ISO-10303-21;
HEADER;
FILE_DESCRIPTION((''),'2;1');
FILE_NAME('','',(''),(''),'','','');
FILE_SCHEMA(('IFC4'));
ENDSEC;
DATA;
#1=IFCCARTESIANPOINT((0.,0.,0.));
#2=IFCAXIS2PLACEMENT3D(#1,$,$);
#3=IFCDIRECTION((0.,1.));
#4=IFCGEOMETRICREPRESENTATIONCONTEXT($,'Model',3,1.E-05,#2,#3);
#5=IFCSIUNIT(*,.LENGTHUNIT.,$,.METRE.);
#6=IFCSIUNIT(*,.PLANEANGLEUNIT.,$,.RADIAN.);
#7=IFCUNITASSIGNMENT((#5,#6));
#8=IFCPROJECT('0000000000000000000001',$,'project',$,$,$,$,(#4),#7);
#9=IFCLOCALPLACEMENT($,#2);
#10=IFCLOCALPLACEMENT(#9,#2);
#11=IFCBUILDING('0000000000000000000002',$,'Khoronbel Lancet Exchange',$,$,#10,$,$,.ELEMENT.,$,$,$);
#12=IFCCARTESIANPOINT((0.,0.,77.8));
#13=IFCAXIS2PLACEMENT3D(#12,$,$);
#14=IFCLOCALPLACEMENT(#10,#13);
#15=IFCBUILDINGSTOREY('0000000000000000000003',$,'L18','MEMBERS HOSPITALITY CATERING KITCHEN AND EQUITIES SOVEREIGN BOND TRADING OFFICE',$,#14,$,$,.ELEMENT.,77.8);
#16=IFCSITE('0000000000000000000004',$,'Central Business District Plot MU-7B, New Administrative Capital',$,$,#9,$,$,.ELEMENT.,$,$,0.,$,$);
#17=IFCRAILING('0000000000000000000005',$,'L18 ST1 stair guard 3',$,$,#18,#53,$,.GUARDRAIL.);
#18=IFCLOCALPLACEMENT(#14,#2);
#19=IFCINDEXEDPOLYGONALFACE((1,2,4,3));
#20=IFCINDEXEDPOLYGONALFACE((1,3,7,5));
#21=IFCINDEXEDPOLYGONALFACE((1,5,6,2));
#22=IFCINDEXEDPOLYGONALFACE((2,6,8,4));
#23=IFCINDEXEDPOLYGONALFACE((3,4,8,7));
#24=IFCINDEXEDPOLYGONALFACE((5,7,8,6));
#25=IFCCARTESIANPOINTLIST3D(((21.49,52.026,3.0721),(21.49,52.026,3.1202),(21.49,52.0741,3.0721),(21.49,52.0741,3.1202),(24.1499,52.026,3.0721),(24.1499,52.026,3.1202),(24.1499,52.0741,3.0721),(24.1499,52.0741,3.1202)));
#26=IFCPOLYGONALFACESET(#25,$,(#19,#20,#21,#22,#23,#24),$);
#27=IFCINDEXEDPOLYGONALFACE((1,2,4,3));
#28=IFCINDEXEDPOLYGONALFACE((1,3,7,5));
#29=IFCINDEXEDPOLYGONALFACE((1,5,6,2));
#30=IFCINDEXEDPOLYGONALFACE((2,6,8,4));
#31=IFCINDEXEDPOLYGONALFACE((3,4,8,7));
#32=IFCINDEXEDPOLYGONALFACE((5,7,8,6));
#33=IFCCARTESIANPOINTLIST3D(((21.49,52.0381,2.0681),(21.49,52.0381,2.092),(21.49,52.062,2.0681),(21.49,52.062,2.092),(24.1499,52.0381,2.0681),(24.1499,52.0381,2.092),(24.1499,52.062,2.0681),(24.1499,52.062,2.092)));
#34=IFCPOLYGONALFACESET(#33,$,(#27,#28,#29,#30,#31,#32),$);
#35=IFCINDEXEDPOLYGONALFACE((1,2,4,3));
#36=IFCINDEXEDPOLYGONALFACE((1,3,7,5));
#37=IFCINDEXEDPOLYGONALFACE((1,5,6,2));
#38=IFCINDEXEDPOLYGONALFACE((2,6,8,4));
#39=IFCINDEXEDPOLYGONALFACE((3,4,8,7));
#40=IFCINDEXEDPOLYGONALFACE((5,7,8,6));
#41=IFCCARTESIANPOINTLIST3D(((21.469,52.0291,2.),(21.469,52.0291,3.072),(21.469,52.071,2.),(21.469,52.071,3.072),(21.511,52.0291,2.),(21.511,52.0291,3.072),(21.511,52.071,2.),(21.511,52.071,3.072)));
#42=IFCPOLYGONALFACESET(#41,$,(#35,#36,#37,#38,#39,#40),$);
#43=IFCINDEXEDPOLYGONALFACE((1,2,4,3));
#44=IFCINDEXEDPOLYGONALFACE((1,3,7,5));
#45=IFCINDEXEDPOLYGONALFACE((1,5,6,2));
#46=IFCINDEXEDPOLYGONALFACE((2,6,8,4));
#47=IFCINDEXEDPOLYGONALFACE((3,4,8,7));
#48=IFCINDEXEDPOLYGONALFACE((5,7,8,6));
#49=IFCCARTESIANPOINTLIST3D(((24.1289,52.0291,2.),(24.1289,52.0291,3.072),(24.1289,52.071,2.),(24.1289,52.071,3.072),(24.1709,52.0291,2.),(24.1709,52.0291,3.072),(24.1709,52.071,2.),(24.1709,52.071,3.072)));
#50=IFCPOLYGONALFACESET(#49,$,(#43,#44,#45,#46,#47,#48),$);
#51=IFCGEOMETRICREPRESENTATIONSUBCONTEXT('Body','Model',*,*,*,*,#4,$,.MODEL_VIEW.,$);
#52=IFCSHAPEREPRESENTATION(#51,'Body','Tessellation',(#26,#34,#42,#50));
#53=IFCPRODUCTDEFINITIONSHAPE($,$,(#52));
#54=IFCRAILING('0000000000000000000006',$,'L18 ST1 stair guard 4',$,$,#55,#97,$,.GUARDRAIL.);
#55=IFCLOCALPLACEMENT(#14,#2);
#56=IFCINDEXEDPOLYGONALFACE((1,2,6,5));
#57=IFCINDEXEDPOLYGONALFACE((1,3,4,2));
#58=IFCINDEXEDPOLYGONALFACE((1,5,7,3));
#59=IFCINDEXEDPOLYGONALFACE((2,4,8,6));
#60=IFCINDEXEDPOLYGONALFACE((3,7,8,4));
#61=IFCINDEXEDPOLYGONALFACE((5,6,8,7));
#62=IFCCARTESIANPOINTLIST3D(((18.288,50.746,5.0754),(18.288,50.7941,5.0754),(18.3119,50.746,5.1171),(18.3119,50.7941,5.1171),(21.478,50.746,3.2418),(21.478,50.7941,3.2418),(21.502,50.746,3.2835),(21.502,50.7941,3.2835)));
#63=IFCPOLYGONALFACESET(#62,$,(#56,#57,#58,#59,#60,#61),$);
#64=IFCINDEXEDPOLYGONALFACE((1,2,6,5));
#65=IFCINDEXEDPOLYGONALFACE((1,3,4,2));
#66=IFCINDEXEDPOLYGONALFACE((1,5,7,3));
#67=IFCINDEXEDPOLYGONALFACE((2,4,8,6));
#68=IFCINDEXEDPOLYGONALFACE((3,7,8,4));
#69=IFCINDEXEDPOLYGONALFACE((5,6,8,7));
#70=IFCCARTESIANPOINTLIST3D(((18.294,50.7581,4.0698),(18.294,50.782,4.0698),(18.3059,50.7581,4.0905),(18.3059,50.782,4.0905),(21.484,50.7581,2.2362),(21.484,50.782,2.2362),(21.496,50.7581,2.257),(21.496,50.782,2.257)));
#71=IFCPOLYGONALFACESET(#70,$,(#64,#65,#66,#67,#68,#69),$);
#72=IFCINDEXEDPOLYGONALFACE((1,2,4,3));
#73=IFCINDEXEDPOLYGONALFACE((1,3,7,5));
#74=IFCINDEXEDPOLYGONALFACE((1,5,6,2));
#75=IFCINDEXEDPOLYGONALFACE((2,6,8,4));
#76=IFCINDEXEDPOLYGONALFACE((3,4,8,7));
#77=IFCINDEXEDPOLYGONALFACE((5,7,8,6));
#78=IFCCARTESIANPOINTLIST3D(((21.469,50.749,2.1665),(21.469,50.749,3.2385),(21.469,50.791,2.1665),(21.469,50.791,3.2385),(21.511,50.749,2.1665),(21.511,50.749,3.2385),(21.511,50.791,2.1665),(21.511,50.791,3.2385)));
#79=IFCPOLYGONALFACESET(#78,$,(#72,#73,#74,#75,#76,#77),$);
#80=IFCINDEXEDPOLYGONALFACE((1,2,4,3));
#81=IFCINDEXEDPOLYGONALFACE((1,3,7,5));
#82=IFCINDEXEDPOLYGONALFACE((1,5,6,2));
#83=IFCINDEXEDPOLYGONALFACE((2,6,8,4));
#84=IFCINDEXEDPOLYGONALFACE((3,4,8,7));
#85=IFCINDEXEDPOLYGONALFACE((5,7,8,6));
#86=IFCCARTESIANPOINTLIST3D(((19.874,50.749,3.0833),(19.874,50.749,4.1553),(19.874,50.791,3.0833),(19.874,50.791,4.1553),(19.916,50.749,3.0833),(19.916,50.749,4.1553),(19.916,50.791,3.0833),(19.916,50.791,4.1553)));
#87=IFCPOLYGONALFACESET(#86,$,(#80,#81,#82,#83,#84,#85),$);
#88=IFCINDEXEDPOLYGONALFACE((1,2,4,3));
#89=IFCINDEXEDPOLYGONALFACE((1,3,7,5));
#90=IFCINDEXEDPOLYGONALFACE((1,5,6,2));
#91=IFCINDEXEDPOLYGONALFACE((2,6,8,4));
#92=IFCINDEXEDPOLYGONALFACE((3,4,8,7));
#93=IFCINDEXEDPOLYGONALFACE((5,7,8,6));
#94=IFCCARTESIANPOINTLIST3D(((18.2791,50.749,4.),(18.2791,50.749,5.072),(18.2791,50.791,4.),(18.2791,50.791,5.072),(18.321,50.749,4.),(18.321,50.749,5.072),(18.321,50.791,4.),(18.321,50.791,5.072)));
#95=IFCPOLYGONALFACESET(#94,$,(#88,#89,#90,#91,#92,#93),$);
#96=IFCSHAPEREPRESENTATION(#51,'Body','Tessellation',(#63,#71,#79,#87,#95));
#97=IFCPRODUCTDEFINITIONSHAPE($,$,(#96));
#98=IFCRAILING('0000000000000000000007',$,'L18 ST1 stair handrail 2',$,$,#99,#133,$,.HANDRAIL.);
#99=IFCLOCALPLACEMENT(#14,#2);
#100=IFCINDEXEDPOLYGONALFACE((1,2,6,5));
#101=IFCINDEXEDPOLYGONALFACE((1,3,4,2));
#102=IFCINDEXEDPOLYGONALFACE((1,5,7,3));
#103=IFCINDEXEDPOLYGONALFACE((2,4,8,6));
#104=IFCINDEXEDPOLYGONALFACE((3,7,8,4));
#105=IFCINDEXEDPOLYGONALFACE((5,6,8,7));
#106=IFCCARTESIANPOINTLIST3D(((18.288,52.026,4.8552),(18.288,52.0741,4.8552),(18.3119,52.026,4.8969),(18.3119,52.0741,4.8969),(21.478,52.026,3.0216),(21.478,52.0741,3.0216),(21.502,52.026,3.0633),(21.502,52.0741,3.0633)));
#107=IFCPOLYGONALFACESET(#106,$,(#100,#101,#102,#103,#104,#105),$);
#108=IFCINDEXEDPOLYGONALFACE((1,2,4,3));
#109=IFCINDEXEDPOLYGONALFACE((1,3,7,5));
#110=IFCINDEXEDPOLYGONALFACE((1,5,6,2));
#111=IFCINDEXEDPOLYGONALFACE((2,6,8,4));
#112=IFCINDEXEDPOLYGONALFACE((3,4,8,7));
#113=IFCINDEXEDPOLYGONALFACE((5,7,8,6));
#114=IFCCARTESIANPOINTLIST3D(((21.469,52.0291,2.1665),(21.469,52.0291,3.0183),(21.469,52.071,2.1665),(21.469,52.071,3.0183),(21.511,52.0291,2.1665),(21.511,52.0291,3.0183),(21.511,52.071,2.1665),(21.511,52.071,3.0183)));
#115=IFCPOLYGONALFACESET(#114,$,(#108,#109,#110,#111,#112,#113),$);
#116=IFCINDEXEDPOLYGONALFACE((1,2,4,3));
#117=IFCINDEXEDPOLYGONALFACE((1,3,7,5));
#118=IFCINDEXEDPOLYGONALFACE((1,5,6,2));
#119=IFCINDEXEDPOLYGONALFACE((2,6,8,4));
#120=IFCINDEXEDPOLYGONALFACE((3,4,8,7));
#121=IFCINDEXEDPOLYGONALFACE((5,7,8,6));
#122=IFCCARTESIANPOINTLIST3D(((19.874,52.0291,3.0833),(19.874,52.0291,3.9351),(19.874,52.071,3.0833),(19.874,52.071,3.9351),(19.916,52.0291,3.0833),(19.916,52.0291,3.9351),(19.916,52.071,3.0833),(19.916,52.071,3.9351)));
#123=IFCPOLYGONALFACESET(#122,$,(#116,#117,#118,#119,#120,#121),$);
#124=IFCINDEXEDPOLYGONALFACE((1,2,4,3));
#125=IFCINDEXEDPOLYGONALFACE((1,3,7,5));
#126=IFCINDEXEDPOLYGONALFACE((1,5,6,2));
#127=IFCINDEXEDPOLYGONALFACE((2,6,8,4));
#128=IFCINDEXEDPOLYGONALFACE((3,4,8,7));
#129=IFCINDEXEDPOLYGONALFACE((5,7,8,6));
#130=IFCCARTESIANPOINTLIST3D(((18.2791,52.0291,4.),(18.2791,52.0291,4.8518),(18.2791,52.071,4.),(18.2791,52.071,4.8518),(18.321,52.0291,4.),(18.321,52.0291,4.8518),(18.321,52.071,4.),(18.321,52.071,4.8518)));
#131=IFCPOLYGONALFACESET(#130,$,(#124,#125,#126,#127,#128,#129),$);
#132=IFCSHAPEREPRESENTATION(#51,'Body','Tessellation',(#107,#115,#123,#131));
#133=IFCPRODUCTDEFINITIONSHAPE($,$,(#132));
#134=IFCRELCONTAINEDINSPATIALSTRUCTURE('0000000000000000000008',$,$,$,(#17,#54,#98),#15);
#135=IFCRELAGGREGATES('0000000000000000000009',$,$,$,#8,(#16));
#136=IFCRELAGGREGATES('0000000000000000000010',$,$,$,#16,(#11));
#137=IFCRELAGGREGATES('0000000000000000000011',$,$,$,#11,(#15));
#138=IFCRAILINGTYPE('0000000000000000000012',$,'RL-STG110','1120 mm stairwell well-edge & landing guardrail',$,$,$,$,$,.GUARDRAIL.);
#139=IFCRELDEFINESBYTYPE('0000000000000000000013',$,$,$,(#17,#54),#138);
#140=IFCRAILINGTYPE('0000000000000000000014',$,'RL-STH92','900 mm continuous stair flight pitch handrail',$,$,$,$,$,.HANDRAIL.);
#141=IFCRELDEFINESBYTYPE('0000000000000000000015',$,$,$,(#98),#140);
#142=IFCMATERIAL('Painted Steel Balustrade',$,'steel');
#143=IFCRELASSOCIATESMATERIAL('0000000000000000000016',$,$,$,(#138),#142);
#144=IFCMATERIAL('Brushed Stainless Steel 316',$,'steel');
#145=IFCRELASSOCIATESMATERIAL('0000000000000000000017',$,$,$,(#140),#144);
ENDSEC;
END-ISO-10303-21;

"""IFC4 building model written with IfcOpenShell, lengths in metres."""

from ifc_helpers import new_model, si_unit, direction, frame, origin, origin_2d, place, context, subcontext, project, spatial, rectangle, extrude, material, type_object, element, save


model = new_model("IFC4")

# Units and contexts
model_context = context("Model", 3, precision=1e-05, world=origin(), true_north=direction((0.0, 1.0)))
body_context = subcontext(model_context, "Body", "Model", "MODEL_VIEW")
ifc_project = project(units=[si_unit("LENGTHUNIT", "METRE"), si_unit("PLANEANGLEUNIT", "RADIAN")], contexts=[model_context])

# Site, building, storey
site_placement = place(None, origin())
site = spatial("IfcSite", under=ifc_project, at=site_placement, Name="Central Business District Plot MU-7B, New Administrative Capital", CompositionType="ELEMENT", RefElevation=0.0)
building_placement = place(site_placement, origin())
building = spatial("IfcBuilding", under=site, at=building_placement, Name="Khoronbel Lancet Exchange", CompositionType="ELEMENT")
storey_placement = place(building_placement, frame((0.0, 0.0, 77.8)))
storey = spatial("IfcBuildingStorey", under=building, at=storey_placement, Name="L18", Description="MEMBERS HOSPITALITY CATERING KITCHEN AND EQUITIES SOVEREIGN BOND TRADING OFFICE", CompositionType="ELEMENT", Elevation=77.8)

# Railings
ifc_material_1 = material(Name="Painted Steel Balustrade", Category="steel")
railing_type_1 = type_object("IfcRailingType", Name="RL-STG110", Description="1120 mm stairwell well-edge & landing guardrail", PredefinedType="GUARDRAIL", material=ifc_material_1)
railing_1_placement = place(storey_placement, frame((21.49, 52.05, 2.0)))
element("IfcRailing", 1, at=railing_1_placement, inside=storey, type_object=railing_type_1, Name="L18 ST1 stair guard 3", PredefinedType="GUARDRAIL", context=body_context, shape_type="SweptSolid", body=[
    extrude(rectangle(XDim=0.0481, YDim=0.0481, at=origin_2d()), frame((0.0, 0.0, 1.0962), z_axis=(1.0, 0.0, 0.0), x_axis=(0.0, 1.0, 0.0)), (0.0, 0.0, 1.0), 2.6599),
    extrude(rectangle(XDim=0.0239, YDim=0.0239, at=origin_2d()), frame((0.0, 0.0, 0.0801), z_axis=(1.0, 0.0, 0.0), x_axis=(0.0, 1.0, 0.0)), (0.0, 0.0, 1.0), 2.6599),
    extrude(rectangle(XDim=0.042, YDim=0.042, at=origin_2d()), origin(), (0.0, 0.0, 1.0), 1.072),
    extrude(rectangle(XDim=0.042, YDim=0.042, at=origin_2d()), frame((2.6599, 0.0, 0.0)), (0.0, 0.0, 1.0), 1.072),
])
railing_2_placement = place(storey_placement, frame((21.49, 50.77, 2.1665)))
element("IfcRailing", 2, at=railing_2_placement, inside=storey, type_object=railing_type_1, Name="L18 ST1 stair guard 4", PredefinedType="GUARDRAIL", context=body_context, shape_type="SweptSolid", body=[
    extrude(rectangle(XDim=0.0481, YDim=0.0481, at=origin_2d()), frame((0.0, 0.0, 1.0962), z_axis=(-0.866991, 0.0, 0.498324), x_axis=(0.0, -1.0, 0.0)), (0.0, 0.0, 1.0), 3.6794),
    extrude(rectangle(XDim=0.0239, YDim=0.0239, at=origin_2d()), frame((0.0, 0.0, 0.0801), z_axis=(-0.866991, 0.0, 0.498324), x_axis=(0.0, -1.0, 0.0)), (0.0, 0.0, 1.0), 3.6794),
    extrude(rectangle(XDim=0.042, YDim=0.042, at=origin_2d()), origin(), (0.0, 0.0, 1.0), 1.072),
    extrude(rectangle(XDim=0.042, YDim=0.042, at=origin_2d()), frame((-1.595, 0.0, 0.9167)), (0.0, 0.0, 1.0), 1.072),
    extrude(rectangle(XDim=0.042, YDim=0.042, at=origin_2d()), frame((-3.1899, 0.0, 1.8335)), (0.0, 0.0, 1.0), 1.072),
])
ifc_material_2 = material(Name="Brushed Stainless Steel 316", Category="steel")
railing_type_2 = type_object("IfcRailingType", Name="RL-STH92", Description="900 mm continuous stair flight pitch handrail", PredefinedType="HANDRAIL", material=ifc_material_2)
railing_3_placement = place(storey_placement, frame((21.49, 52.05, 2.1665)))
element("IfcRailing", 3, at=railing_3_placement, inside=storey, type_object=railing_type_2, Name="L18 ST1 stair handrail 2", PredefinedType="HANDRAIL", context=body_context, shape_type="SweptSolid", body=[
    extrude(rectangle(XDim=0.0481, YDim=0.0481, at=origin_2d()), frame((0.0, 0.0, 0.876), z_axis=(-0.866991, 0.0, 0.498324), x_axis=(0.0, -1.0, 0.0)), (0.0, 0.0, 1.0), 3.6794),
    extrude(rectangle(XDim=0.042, YDim=0.042, at=origin_2d()), origin(), (0.0, 0.0, 1.0), 0.8518),
    extrude(rectangle(XDim=0.042, YDim=0.042, at=origin_2d()), frame((-1.595, 0.0, 0.9167)), (0.0, 0.0, 1.0), 0.8518),
    extrude(rectangle(XDim=0.042, YDim=0.042, at=origin_2d()), frame((-3.1899, 0.0, 1.8335)), (0.0, 0.0, 1.0), 0.8518),
])

save(model, "model.ifc")
